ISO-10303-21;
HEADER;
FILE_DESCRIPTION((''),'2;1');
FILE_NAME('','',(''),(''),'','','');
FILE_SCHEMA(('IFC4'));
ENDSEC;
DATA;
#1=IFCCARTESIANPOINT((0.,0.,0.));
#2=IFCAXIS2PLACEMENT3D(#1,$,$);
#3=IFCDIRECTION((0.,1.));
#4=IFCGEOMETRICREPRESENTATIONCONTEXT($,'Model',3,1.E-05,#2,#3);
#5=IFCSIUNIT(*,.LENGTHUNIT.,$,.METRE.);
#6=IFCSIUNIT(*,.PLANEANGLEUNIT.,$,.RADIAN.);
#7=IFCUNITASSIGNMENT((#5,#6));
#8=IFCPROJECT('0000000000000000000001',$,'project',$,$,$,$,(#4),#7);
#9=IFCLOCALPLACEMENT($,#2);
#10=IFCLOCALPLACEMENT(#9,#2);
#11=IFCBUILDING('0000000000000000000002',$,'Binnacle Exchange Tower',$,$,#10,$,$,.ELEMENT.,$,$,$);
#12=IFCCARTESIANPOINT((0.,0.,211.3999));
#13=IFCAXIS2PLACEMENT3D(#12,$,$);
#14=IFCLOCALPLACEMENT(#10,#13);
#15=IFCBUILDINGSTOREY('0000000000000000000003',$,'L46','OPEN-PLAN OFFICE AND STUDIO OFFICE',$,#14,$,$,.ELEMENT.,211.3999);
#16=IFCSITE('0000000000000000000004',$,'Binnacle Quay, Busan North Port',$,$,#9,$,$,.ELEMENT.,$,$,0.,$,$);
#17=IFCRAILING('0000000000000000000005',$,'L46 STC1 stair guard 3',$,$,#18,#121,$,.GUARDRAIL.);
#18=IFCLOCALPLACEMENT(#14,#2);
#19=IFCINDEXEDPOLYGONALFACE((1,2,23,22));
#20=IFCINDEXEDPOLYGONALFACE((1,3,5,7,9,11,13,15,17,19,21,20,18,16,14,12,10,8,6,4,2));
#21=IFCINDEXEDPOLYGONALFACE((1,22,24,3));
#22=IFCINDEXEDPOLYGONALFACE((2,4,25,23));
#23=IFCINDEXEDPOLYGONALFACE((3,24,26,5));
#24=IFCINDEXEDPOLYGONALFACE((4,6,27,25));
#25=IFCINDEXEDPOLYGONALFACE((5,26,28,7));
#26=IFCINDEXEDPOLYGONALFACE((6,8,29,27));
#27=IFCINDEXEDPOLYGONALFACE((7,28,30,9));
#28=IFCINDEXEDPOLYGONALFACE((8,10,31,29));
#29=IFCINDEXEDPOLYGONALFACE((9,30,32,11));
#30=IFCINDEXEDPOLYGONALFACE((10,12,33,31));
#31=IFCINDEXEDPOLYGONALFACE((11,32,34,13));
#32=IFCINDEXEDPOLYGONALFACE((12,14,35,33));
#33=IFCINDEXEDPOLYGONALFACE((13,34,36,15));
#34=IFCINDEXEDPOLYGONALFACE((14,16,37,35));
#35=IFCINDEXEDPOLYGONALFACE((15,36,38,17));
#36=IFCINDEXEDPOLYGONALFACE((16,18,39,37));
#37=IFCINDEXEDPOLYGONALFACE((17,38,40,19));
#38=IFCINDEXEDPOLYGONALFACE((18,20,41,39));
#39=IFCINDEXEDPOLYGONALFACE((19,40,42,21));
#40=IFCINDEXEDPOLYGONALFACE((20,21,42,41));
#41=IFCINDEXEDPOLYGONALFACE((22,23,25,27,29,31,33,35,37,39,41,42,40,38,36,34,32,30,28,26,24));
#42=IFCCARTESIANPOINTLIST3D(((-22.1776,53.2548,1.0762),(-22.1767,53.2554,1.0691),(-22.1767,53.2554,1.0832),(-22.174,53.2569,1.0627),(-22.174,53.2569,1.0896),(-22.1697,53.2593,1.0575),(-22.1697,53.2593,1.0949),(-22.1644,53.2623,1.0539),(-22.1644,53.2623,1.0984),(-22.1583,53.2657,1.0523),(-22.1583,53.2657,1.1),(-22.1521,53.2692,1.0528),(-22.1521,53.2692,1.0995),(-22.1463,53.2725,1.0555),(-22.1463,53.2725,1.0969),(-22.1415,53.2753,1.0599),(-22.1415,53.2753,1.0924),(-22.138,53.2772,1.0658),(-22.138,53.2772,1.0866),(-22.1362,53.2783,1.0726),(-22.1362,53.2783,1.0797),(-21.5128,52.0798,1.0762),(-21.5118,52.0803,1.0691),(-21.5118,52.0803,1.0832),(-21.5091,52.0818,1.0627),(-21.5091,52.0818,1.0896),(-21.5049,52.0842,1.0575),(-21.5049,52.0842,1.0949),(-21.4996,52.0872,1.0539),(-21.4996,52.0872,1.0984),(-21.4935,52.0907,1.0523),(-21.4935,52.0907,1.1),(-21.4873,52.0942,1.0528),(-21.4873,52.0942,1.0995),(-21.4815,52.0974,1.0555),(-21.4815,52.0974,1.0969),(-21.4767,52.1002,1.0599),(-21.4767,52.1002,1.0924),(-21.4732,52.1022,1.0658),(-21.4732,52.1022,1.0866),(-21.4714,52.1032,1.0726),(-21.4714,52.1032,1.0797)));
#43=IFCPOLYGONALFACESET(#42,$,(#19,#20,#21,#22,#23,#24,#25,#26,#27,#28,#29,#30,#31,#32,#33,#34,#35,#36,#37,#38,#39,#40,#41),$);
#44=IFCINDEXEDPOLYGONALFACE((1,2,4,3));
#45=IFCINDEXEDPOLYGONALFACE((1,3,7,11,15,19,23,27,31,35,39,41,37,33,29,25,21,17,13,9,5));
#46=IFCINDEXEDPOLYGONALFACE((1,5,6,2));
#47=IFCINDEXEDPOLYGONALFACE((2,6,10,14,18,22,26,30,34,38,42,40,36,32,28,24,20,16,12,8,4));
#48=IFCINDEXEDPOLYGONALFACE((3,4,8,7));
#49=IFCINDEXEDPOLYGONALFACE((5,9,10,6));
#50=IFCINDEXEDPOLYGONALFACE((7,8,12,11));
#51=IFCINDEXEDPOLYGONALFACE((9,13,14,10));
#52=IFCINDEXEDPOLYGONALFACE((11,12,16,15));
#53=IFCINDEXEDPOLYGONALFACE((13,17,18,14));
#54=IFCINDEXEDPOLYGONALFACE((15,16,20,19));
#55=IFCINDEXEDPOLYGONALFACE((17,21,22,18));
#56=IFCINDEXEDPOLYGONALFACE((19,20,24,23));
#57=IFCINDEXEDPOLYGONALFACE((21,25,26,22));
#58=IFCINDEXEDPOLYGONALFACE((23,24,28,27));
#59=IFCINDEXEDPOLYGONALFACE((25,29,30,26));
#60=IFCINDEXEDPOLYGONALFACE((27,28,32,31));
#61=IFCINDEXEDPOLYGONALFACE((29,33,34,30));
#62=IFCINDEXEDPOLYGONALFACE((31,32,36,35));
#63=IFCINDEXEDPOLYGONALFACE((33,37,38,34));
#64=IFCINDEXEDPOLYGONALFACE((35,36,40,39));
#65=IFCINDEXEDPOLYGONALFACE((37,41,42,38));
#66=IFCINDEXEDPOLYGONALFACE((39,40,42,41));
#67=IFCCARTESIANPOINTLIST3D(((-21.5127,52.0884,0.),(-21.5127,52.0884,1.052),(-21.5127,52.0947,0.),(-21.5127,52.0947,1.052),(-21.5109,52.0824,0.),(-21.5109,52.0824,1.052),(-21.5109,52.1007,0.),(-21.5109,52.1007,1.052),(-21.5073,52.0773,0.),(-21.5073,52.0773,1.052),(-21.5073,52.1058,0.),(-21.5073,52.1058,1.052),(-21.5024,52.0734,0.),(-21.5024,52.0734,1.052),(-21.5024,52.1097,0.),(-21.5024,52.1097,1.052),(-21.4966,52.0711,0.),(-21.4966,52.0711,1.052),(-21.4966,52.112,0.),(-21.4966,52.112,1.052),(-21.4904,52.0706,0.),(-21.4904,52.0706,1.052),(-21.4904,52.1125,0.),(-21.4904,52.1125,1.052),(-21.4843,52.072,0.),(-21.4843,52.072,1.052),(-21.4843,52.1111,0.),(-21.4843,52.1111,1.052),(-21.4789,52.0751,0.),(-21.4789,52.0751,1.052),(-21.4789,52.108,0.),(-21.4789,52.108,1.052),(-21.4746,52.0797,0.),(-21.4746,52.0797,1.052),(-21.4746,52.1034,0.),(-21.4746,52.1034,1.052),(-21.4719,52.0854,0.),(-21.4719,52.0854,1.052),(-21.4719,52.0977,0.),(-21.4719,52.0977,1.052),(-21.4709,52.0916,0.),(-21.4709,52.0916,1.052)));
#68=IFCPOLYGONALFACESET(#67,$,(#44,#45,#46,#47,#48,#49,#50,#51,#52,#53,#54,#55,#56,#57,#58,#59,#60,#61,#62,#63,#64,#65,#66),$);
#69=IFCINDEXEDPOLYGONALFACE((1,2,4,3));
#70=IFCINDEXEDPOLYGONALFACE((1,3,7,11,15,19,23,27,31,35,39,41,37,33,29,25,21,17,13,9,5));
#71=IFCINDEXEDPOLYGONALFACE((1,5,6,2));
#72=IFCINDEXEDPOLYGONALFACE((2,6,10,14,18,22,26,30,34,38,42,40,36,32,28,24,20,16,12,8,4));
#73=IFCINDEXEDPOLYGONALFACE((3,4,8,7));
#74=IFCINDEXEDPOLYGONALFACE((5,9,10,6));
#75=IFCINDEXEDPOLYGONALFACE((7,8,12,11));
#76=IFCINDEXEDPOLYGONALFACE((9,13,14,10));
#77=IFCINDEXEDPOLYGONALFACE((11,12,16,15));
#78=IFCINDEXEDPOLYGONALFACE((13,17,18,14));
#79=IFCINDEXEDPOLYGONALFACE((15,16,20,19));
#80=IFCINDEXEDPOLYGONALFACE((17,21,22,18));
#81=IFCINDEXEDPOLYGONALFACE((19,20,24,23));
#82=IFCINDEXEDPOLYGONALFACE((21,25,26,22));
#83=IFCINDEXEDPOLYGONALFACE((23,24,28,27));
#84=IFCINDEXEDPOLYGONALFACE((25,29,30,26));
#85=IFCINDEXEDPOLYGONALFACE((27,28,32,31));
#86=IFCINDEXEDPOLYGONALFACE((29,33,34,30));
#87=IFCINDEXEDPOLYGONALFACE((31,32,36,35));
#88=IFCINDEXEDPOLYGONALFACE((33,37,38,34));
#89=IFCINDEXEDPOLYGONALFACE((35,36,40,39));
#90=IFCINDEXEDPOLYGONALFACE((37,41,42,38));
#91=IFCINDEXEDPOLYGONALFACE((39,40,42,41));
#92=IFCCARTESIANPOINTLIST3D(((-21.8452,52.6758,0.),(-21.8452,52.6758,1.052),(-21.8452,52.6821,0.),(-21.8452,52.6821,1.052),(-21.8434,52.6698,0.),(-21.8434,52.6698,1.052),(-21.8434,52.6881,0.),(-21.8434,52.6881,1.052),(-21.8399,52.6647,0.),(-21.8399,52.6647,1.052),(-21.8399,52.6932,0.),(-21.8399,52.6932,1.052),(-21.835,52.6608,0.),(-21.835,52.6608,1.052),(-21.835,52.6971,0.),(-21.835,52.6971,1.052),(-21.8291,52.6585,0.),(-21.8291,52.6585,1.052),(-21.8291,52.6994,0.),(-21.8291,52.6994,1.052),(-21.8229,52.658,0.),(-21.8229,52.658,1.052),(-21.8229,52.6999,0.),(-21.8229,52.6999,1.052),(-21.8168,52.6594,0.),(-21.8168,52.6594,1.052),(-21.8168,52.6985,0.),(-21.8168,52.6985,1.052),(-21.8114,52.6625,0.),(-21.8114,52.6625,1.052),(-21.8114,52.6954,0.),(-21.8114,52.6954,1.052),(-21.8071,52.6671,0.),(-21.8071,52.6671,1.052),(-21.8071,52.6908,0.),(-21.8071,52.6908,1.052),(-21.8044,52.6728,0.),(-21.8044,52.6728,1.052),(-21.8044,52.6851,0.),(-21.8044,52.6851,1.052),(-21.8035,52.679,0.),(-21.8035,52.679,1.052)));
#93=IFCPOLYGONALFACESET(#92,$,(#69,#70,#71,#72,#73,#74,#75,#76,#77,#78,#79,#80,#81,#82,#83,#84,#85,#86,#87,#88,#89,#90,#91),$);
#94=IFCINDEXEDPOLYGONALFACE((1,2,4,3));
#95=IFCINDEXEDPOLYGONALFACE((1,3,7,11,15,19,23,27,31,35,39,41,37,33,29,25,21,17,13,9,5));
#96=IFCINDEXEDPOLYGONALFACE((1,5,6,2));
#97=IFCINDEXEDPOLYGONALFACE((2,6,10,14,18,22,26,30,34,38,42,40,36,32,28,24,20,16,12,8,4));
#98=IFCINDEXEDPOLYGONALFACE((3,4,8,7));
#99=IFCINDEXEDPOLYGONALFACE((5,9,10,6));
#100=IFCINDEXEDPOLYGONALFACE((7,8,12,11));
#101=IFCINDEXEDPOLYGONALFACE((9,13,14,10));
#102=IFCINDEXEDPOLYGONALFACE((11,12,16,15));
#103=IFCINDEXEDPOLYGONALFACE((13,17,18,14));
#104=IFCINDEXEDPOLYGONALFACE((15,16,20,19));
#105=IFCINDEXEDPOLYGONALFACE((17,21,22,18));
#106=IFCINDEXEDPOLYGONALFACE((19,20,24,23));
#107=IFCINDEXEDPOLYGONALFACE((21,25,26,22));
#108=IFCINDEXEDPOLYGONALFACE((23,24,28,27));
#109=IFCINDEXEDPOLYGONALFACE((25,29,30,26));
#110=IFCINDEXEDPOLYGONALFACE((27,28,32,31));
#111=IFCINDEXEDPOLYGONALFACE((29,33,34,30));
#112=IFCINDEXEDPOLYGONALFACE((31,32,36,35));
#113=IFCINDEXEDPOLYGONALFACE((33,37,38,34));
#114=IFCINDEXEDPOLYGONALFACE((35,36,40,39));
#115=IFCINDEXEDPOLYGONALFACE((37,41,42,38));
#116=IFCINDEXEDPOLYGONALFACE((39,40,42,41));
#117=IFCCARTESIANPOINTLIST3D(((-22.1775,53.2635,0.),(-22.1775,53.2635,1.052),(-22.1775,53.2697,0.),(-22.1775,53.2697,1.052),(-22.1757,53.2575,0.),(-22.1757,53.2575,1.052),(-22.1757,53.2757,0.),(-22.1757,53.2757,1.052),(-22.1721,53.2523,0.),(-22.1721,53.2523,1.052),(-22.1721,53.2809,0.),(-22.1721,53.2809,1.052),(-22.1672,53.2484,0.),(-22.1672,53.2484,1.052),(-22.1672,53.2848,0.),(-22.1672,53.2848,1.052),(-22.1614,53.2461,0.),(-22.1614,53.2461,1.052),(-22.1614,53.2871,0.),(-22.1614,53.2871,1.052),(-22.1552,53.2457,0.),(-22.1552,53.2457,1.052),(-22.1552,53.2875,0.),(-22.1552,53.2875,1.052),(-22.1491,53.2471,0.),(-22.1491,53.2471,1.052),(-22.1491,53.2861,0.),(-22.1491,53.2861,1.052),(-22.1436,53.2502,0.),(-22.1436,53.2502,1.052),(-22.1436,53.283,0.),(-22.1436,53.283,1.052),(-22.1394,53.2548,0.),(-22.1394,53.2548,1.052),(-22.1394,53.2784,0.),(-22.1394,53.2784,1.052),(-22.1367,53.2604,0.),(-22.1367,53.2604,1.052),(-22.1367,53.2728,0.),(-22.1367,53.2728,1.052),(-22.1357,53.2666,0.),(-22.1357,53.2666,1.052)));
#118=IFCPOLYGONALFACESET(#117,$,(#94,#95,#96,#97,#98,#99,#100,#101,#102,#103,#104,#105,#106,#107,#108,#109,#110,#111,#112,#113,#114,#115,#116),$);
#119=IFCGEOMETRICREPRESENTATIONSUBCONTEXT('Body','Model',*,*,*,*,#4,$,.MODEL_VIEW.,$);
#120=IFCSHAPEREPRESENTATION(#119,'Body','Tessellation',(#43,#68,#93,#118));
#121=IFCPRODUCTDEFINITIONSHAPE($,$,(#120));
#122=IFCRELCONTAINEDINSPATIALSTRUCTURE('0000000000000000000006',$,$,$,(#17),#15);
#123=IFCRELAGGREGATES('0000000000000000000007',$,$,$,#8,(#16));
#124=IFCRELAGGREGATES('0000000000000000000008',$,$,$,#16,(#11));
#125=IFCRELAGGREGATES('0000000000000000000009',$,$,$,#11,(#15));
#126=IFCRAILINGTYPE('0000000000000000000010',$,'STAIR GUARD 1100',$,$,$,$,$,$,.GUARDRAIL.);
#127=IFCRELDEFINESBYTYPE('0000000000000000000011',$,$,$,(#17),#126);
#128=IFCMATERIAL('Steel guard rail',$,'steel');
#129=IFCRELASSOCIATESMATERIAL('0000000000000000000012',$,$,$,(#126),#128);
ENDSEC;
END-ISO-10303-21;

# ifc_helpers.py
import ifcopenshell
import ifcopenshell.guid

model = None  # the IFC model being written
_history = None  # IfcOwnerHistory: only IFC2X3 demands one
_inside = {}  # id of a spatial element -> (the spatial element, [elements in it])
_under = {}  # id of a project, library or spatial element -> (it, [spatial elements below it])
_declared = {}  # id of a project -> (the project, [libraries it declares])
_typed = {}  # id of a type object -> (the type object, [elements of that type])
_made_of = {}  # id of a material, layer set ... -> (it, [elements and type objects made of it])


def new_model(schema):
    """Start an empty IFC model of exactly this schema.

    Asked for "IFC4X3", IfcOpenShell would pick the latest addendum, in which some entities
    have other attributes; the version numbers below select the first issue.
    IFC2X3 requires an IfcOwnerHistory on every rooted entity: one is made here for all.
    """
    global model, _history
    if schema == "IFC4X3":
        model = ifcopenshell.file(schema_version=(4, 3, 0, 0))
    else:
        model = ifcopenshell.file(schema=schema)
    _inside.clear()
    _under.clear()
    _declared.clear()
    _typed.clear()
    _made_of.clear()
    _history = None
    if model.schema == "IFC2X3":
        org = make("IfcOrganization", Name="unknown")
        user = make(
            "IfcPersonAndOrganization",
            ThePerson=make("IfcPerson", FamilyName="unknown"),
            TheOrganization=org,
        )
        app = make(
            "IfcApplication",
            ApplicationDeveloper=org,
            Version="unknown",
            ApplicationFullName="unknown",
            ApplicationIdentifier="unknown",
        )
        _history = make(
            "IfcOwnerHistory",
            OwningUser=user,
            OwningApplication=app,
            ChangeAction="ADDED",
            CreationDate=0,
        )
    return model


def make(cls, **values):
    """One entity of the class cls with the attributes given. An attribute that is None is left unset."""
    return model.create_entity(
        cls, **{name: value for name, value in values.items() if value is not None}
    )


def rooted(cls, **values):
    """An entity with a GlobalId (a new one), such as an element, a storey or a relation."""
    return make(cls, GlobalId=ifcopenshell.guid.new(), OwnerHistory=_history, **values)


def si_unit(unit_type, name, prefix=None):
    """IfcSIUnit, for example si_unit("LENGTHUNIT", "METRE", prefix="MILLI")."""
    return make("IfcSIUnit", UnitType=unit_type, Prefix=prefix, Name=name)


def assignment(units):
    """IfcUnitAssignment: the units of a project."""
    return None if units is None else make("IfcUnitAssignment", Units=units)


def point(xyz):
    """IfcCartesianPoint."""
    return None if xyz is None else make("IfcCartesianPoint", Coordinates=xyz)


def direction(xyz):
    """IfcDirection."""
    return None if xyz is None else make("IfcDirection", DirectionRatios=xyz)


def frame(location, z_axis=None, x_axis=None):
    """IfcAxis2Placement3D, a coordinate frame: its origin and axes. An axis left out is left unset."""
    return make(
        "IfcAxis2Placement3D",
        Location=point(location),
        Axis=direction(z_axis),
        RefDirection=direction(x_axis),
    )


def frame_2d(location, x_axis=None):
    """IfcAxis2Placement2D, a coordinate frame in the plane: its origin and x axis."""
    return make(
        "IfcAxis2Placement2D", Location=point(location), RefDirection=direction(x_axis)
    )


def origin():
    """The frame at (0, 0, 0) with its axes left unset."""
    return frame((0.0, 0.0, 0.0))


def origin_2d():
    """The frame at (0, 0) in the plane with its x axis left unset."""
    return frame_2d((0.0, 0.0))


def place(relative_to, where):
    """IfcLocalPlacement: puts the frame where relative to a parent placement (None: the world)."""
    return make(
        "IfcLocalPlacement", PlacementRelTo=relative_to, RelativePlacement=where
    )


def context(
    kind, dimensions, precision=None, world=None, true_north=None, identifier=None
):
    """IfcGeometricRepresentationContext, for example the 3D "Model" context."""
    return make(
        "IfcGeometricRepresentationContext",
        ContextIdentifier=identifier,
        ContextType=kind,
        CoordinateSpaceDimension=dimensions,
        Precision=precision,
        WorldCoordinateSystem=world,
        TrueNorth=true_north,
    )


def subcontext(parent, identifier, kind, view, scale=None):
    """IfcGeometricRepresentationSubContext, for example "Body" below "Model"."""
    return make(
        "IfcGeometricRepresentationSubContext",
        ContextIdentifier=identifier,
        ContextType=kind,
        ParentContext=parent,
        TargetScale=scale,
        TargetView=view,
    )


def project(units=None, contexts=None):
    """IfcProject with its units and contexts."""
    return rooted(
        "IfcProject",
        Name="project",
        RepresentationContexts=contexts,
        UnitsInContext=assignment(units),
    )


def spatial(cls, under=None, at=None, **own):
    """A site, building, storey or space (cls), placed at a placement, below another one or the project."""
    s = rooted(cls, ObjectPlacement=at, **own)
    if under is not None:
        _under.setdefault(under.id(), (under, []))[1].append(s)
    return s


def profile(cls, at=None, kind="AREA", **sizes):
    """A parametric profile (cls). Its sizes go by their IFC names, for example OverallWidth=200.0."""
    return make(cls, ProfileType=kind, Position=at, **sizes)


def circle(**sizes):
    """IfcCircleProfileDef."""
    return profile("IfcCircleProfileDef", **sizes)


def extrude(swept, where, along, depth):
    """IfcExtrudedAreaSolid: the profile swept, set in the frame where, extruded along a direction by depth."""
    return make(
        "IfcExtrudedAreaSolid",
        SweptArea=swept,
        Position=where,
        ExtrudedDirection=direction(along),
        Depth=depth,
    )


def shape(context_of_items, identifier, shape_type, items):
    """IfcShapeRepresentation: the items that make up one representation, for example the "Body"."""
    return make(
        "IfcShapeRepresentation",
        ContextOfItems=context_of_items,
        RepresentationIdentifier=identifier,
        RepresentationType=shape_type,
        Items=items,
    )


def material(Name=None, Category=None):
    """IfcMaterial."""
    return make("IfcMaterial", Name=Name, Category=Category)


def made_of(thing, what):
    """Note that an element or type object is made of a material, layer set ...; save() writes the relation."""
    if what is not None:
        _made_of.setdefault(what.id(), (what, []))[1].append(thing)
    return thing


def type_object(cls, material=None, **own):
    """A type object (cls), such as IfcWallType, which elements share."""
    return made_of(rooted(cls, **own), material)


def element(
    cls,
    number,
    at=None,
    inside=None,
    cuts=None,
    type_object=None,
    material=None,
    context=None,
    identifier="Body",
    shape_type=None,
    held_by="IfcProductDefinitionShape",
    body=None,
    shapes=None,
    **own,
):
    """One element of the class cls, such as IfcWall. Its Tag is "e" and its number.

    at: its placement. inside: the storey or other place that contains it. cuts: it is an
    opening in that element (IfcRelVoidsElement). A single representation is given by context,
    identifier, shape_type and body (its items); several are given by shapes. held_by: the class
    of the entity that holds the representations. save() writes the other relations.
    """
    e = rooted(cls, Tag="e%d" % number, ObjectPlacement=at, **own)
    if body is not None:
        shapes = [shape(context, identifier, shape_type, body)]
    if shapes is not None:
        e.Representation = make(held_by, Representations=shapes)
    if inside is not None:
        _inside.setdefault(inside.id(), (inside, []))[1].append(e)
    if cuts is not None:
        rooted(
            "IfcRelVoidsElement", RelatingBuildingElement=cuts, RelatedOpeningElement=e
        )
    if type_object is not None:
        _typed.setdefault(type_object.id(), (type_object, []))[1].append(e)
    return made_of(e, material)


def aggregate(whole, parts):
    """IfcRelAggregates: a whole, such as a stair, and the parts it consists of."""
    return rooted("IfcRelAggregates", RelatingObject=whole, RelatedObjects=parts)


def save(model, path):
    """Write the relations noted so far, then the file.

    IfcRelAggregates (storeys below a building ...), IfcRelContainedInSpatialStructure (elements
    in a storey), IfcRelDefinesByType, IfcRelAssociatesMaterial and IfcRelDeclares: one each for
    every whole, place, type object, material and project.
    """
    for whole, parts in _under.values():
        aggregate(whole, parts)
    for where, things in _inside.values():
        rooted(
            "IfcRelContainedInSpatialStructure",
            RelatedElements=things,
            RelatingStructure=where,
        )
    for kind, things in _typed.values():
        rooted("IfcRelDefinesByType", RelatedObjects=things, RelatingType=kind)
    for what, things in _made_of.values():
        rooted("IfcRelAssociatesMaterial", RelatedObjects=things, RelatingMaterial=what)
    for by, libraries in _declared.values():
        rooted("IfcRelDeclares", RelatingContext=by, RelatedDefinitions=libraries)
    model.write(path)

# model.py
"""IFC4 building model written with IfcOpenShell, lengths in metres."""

from ifc_helpers import new_model, si_unit, direction, frame, origin, origin_2d, place, context, subcontext, project, spatial, circle, extrude, material, type_object, element, save


model = new_model("IFC4")

# Units and contexts
model_context = context("Model", 3, precision=1e-05, world=origin(), true_north=direction((0.0, 1.0)))
body_context = subcontext(model_context, "Body", "Model", "MODEL_VIEW")
ifc_project = project(units=[si_unit("LENGTHUNIT", "METRE"), si_unit("PLANEANGLEUNIT", "RADIAN")], contexts=[model_context])

# Site, building, storey
site_placement = place(None, origin())
site = spatial("IfcSite", under=ifc_project, at=site_placement, Name="Binnacle Quay, Busan North Port", CompositionType="ELEMENT", RefElevation=0.0)
building_placement = place(site_placement, origin())
building = spatial("IfcBuilding", under=site, at=building_placement, Name="Binnacle Exchange Tower", CompositionType="ELEMENT")
storey_placement = place(building_placement, frame((0.0, 0.0, 211.3999)))
storey = spatial("IfcBuildingStorey", under=building, at=storey_placement, Name="L46", Description="OPEN-PLAN OFFICE AND STUDIO OFFICE", CompositionType="ELEMENT", Elevation=211.3999)

# Railing
ifc_material_1 = material(Name="Steel guard rail", Category="steel")
railing_type_1 = type_object("IfcRailingType", Name="STAIR GUARD 1100", PredefinedType="GUARDRAIL", material=ifc_material_1)
railing_1_placement = place(storey_placement, frame((-21.4919, 52.0916, 0.0)))
element("IfcRailing", 1, at=railing_1_placement, inside=storey, type_object=railing_type_1, Name="L46 STC1 stair guard 3", PredefinedType="GUARDRAIL", context=body_context, shape_type="SweptSolid", body=[
    extrude(circle(Radius=0.0239, at=origin_2d()), frame((0.0, 0.0, 1.0762), z_axis=(-0.492415, 0.870361, 0.0), x_axis=(-0.870361, -0.492415, 0.0)), (0.0, 0.0, 1.0), 1.3501),
    extrude(circle(Radius=0.021, at=origin_2d()), origin(), (0.0, 0.0, 1.0), 1.052),
    extrude(circle(Radius=0.021, at=origin_2d()), frame((-0.3325, 0.5874, 0.0)), (0.0, 0.0, 1.0), 1.052),
    extrude(circle(Radius=0.021, at=origin_2d()), frame((-0.6648, 1.175, 0.0)), (0.0, 0.0, 1.0), 1.052),
])

save(model, "model.ifc")
